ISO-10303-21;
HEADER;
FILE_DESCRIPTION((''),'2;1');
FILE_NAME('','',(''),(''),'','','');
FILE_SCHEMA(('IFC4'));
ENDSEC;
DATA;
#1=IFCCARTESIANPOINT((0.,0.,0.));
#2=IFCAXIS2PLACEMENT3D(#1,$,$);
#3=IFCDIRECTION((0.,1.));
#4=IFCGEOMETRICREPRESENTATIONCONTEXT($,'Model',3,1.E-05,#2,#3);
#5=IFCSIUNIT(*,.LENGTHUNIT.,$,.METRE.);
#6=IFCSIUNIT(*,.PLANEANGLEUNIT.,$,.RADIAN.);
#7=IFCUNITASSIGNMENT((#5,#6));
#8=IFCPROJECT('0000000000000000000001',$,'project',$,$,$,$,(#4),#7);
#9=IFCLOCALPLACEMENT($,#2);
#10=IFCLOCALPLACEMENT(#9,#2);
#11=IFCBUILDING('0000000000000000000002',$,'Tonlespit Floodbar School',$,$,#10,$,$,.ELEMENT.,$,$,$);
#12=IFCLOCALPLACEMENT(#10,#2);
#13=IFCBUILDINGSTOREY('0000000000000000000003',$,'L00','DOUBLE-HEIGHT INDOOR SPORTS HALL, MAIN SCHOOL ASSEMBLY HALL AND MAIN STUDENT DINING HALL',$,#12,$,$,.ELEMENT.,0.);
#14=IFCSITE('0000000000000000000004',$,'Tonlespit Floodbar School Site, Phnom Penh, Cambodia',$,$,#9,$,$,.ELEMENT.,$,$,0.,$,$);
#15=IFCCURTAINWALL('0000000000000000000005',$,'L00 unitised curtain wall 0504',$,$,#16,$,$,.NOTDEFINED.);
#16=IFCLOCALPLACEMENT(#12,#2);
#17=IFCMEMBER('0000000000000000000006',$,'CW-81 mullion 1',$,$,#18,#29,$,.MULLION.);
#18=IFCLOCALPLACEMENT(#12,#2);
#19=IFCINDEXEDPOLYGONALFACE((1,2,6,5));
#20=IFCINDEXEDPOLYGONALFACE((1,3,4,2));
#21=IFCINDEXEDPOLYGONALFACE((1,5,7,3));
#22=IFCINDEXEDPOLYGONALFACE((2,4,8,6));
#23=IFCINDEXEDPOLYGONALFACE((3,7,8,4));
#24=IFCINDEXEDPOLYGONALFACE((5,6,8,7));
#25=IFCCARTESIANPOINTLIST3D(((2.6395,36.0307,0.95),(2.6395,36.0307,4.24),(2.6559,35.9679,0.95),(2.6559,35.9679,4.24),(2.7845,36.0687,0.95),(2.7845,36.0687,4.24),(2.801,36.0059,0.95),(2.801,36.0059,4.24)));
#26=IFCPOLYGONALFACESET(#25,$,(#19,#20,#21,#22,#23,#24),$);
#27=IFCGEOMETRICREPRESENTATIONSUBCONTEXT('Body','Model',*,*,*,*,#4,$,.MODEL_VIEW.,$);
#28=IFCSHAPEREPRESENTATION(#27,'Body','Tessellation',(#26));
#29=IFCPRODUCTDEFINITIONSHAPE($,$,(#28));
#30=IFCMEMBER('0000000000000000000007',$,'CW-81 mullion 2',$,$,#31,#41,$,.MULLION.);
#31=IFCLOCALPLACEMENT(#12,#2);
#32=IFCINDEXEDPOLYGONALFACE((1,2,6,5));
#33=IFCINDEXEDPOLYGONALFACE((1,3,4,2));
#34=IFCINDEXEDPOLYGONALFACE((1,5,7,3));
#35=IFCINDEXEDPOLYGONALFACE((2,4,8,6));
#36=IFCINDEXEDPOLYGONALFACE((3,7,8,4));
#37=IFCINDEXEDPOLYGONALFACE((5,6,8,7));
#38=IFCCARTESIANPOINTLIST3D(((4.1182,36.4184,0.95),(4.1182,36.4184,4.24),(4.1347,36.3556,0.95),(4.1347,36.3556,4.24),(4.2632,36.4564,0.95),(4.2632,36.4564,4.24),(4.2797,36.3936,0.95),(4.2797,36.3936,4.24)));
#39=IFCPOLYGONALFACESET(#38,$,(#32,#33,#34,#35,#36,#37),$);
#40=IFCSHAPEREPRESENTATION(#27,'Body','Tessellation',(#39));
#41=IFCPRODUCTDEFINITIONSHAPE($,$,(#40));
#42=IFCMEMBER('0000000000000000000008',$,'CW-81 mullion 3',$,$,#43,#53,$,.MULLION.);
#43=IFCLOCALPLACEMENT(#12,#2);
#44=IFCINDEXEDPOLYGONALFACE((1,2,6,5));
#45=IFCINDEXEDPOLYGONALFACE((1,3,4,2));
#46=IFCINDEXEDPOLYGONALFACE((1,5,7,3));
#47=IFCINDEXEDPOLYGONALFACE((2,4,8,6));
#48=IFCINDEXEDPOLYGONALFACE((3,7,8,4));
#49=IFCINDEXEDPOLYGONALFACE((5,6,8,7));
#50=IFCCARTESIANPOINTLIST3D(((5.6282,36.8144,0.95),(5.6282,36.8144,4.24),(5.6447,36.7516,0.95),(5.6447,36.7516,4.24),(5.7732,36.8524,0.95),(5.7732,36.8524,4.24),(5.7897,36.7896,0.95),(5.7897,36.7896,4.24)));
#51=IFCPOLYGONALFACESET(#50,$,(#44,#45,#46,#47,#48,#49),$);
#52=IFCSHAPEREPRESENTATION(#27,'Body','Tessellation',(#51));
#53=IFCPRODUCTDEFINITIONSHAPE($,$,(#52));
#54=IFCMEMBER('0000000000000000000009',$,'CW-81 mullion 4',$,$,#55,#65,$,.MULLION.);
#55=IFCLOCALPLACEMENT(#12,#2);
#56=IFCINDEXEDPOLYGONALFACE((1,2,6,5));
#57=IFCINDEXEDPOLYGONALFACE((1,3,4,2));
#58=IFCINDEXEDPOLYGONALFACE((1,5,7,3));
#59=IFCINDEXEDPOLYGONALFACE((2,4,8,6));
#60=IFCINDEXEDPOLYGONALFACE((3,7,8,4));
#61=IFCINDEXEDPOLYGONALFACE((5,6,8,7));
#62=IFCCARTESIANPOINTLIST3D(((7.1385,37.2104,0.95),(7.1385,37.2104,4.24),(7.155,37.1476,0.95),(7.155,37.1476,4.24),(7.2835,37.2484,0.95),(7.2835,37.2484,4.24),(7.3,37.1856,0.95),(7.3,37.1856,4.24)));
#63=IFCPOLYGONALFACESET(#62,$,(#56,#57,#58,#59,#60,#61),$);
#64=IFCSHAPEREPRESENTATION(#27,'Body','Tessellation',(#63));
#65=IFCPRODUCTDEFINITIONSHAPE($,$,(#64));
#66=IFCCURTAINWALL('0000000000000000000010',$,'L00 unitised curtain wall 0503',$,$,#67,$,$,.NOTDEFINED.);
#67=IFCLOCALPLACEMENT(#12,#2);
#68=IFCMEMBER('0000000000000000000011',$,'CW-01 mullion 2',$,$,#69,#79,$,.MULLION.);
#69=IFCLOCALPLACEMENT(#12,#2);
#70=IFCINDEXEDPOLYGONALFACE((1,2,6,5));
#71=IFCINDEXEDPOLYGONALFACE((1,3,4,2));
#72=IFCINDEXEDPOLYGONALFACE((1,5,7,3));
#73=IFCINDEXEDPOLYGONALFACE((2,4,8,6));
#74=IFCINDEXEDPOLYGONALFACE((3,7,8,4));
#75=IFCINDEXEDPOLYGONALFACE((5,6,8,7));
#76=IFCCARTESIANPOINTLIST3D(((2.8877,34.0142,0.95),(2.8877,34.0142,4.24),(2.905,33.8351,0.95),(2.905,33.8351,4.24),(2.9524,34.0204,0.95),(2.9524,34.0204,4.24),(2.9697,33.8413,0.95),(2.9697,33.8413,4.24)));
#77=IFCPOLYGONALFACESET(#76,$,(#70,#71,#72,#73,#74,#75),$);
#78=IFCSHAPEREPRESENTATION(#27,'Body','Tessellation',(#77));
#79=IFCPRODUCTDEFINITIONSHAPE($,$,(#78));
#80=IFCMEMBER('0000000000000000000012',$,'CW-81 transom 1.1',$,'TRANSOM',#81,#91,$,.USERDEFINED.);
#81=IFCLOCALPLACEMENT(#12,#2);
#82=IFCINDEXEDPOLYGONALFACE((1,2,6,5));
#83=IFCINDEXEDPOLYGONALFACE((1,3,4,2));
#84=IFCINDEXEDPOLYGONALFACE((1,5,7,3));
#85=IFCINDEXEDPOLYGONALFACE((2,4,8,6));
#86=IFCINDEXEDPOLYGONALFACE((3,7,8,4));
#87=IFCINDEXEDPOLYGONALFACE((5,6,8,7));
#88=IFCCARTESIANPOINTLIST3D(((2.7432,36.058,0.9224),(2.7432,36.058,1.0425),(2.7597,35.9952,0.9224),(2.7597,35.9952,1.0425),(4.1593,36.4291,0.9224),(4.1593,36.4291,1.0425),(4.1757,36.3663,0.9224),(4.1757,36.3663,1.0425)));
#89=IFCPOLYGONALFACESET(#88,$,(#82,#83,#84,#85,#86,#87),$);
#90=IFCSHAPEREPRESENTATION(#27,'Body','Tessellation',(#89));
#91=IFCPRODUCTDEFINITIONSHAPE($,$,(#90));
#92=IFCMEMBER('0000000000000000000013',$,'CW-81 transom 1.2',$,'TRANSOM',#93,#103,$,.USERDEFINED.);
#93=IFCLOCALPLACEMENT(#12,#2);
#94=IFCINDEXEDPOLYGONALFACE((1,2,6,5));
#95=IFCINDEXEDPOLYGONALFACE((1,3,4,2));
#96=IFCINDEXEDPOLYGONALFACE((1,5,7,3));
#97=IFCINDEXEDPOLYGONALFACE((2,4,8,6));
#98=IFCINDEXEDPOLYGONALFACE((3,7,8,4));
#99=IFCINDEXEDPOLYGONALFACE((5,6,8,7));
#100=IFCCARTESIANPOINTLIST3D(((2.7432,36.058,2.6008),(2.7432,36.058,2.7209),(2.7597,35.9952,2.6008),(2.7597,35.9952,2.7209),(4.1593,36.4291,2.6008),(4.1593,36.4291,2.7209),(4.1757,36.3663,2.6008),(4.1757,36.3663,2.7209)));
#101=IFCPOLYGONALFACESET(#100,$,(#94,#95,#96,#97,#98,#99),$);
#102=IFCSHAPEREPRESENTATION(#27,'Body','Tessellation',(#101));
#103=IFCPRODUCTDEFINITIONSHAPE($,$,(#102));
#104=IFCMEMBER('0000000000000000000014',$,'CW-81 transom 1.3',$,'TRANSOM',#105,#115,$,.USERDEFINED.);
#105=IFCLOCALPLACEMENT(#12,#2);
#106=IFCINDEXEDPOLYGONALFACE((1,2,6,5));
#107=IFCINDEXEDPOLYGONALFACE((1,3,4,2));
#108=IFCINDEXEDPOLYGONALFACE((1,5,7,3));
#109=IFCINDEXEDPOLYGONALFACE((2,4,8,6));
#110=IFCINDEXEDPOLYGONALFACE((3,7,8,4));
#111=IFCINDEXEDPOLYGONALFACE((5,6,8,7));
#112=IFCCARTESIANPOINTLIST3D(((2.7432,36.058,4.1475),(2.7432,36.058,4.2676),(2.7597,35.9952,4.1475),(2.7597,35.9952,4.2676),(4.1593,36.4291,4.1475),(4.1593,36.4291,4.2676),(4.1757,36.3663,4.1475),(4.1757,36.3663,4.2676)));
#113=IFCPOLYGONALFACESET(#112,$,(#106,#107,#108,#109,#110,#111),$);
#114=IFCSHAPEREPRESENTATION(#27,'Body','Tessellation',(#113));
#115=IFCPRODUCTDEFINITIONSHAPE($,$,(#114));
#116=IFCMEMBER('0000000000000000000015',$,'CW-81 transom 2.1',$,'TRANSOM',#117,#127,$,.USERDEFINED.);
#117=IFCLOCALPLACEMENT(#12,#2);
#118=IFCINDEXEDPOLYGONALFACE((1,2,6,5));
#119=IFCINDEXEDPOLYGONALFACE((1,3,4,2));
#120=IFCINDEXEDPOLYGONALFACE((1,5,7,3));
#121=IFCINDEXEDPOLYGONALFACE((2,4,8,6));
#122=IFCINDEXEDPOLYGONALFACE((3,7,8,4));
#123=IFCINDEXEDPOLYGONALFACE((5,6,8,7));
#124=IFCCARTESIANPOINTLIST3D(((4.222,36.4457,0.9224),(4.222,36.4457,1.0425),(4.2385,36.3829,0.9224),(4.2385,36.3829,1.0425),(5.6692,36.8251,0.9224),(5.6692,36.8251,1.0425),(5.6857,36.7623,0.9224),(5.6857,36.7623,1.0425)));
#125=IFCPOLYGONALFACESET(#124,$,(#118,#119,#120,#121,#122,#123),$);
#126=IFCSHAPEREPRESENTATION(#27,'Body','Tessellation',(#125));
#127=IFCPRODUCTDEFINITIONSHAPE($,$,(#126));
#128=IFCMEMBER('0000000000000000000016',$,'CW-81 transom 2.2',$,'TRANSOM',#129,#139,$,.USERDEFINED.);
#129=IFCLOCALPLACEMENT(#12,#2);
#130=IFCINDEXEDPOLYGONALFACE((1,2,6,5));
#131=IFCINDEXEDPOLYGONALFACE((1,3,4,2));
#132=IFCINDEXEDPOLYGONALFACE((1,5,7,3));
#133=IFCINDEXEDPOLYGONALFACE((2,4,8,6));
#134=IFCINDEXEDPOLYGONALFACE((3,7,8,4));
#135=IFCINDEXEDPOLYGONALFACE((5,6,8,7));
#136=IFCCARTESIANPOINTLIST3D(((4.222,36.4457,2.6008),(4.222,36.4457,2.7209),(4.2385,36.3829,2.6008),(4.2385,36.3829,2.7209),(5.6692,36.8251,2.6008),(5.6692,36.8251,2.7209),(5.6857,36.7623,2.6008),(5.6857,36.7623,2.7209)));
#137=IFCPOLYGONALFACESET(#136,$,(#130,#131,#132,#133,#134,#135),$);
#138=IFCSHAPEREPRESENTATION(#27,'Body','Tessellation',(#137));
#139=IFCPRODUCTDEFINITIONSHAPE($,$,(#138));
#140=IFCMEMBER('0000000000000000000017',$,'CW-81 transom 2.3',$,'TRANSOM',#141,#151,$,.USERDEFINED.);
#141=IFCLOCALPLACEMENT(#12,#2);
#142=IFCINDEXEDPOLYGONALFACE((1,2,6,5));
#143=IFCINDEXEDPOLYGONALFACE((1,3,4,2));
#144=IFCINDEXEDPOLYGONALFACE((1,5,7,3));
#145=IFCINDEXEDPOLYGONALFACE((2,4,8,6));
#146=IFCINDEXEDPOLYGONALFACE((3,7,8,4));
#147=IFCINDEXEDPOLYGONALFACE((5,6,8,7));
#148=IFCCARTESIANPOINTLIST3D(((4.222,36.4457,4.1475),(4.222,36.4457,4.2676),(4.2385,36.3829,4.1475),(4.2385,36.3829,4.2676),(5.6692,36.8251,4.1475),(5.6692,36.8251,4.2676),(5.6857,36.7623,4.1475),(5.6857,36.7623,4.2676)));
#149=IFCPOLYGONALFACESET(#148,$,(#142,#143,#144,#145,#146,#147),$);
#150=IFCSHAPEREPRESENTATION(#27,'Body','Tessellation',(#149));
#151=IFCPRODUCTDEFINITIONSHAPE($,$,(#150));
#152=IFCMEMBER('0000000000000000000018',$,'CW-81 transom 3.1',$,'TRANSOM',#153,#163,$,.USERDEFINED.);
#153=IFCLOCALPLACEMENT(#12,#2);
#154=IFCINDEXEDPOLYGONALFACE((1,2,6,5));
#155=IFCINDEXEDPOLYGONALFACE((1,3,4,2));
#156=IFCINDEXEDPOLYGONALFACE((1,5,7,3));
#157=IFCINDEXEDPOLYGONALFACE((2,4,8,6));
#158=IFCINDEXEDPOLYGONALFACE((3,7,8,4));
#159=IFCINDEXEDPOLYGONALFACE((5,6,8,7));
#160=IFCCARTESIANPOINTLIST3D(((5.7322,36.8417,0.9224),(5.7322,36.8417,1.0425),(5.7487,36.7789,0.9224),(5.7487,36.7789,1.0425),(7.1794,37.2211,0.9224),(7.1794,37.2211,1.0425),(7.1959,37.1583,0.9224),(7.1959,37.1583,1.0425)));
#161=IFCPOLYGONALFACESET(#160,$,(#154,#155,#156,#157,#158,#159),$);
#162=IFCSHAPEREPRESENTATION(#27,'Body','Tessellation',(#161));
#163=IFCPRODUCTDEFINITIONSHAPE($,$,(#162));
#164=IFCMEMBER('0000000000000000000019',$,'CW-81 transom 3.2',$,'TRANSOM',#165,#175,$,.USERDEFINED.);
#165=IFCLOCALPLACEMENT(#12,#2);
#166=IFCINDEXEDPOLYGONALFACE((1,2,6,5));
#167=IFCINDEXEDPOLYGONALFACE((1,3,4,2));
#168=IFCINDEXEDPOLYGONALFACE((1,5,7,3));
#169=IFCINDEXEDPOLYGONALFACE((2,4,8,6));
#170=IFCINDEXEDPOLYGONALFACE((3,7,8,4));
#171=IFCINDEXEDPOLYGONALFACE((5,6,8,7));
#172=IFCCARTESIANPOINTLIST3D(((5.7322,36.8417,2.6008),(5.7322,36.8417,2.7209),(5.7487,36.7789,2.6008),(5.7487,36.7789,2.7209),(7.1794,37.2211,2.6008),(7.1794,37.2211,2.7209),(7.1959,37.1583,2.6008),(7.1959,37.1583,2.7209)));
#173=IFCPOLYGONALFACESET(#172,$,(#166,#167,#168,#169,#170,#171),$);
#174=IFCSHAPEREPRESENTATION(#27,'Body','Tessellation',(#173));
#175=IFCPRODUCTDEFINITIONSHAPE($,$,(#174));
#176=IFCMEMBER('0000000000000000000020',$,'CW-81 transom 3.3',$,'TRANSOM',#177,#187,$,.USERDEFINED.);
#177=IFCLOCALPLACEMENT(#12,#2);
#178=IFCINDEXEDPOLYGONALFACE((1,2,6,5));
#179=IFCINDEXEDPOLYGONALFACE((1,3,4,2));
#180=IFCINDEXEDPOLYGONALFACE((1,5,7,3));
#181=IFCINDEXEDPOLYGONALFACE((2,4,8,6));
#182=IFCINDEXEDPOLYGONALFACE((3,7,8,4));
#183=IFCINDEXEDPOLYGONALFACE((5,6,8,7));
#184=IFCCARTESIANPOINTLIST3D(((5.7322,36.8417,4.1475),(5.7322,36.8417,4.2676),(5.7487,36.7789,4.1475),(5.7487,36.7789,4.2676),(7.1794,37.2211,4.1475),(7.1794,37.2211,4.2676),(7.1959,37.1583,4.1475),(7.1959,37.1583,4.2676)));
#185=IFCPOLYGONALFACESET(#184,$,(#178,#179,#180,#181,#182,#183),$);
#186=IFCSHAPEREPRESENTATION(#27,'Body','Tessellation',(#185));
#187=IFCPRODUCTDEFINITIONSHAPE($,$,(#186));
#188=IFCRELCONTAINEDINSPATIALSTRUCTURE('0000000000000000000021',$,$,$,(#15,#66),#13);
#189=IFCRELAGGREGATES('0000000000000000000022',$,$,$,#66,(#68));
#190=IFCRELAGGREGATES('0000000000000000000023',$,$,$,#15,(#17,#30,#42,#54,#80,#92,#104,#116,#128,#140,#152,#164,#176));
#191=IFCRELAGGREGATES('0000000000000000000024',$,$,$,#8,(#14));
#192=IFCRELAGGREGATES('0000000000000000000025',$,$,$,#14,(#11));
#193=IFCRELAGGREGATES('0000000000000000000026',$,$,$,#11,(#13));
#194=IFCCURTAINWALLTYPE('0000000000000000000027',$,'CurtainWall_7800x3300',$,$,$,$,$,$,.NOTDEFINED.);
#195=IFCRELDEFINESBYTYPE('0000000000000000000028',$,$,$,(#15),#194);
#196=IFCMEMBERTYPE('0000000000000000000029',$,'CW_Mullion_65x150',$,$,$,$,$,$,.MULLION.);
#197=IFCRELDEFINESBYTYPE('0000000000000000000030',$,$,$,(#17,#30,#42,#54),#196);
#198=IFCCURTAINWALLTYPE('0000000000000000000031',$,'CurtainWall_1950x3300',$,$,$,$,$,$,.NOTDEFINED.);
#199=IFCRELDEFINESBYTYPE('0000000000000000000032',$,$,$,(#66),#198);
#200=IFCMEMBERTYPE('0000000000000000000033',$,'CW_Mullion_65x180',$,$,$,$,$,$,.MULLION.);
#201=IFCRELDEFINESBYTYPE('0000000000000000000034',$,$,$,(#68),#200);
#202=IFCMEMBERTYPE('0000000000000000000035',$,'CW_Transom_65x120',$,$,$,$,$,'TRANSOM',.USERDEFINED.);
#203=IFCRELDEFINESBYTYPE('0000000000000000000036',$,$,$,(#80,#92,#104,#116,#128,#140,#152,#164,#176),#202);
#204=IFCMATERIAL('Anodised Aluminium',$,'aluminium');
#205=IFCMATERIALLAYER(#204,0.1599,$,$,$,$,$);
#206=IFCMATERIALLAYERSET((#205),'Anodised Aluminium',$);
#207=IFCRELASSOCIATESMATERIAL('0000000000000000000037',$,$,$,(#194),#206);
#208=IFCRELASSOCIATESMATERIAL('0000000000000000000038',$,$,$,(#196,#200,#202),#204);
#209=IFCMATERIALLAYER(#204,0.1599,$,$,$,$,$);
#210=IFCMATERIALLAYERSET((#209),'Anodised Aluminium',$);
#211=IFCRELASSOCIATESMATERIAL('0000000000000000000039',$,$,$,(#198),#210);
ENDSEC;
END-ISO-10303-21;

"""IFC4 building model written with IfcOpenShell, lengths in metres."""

from ifc_helpers import new_model, si_unit, direction, frame, origin, origin_2d, place, context, subcontext, project, spatial, rectangle, extrude, material, layer, layer_set, material_profile, profile_set, type_object, element, aggregate, save


model = new_model("IFC4")

# Units and contexts
model_context = context("Model", 3, precision=1e-05, world=origin(), true_north=direction((0.0, 1.0)))
body_context = subcontext(model_context, "Body", "Model", "MODEL_VIEW")
ifc_project = project(units=[si_unit("LENGTHUNIT", "METRE"), si_unit("PLANEANGLEUNIT", "RADIAN")], contexts=[model_context])

# Site, building, storey
site_placement = place(None, origin())
site = spatial("IfcSite", under=ifc_project, at=site_placement, Name="Tonlespit Floodbar School Site, Phnom Penh, Cambodia", CompositionType="ELEMENT", RefElevation=0.0)
building_placement = place(site_placement, origin())
building = spatial("IfcBuilding", under=site, at=building_placement, Name="Tonlespit Floodbar School", CompositionType="ELEMENT")
storey_placement = place(building_placement, origin())
storey = spatial("IfcBuildingStorey", under=building, at=storey_placement, Name="L00", Description="DOUBLE-HEIGHT INDOOR SPORTS HALL, MAIN SCHOOL ASSEMBLY HALL AND MAIN STUDENT DINING HALL", CompositionType="ELEMENT", Elevation=0.0)

# Curtain wall, members
ifc_material_1 = material(Name="Anodised Aluminium", Category="aluminium")
ifc_layer_1 = layer(ifc_material_1, 0.1599)
ifc_layer_set_1 = layer_set([ifc_layer_1], Name="Anodised Aluminium")
curtain_wall_type_1 = type_object("IfcCurtainWallType", Name="CurtainWall_7800x3300", PredefinedType="NOTDEFINED", material=ifc_layer_set_1)
curtain_wall_1_placement = place(storey_placement, origin())
curtain_wall_1 = element("IfcCurtainWall", 1, at=curtain_wall_1_placement, inside=storey, type_object=curtain_wall_type_1, Name="L00 unitised curtain wall 0504", PredefinedType="NOTDEFINED")
ifc_material_profile_1 = material_profile(ifc_material_1, rectangle(XDim=0.0649, YDim=0.1499, at=origin_2d()), Name="ALU M65x150")
ifc_profile_set_1 = profile_set([ifc_material_profile_1], Name="Anodised Aluminium")
member_type_1 = type_object("IfcMemberType", Name="CW_Mullion_65x150", PredefinedType="MULLION", material=ifc_profile_set_1)
member_1_placement = place(storey_placement, frame((2.7202, 36.0183, 0.95), z_axis=(0.0, 0.0, 1.0), x_axis=(-0.253624, 0.967303, 0.0)))
member_1 = element("IfcMember", 2, at=member_1_placement, type_object=member_type_1, Name="CW-81 mullion 1", PredefinedType="MULLION", context=body_context, shape_type="SweptSolid", body=[
    extrude(rectangle(XDim=0.0649, YDim=0.1499, at=origin_2d()), origin(), (0.0, 0.0, 1.0), 3.29),
])
member_2_placement = place(storey_placement, frame((4.199, 36.406, 0.95), z_axis=(0.0, 0.0, 1.0), x_axis=(-0.253624, 0.967303, 0.0)))
member_2 = element("IfcMember", 3, at=member_2_placement, type_object=member_type_1, Name="CW-81 mullion 2", PredefinedType="MULLION", context=body_context, shape_type="SweptSolid", body=[
    extrude(rectangle(XDim=0.0649, YDim=0.1499, at=origin_2d()), origin(), (0.0, 0.0, 1.0), 3.29),
])
member_3_placement = place(storey_placement, frame((5.709, 36.802, 0.95), z_axis=(0.0, 0.0, 1.0), x_axis=(-0.253624, 0.967303, 0.0)))
member_3 = element("IfcMember", 4, at=member_3_placement, type_object=member_type_1, Name="CW-81 mullion 3", PredefinedType="MULLION", context=body_context, shape_type="SweptSolid", body=[
    extrude(rectangle(XDim=0.0649, YDim=0.1499, at=origin_2d()), origin(), (0.0, 0.0, 1.0), 3.29),
])
member_4_placement = place(storey_placement, frame((7.2192, 37.198, 0.95), z_axis=(0.0, 0.0, 1.0), x_axis=(-0.253624, 0.967303, 0.0)))
member_4 = element("IfcMember", 5, at=member_4_placement, type_object=member_type_1, Name="CW-81 mullion 4", PredefinedType="MULLION", context=body_context, shape_type="SweptSolid", body=[
    extrude(rectangle(XDim=0.0649, YDim=0.1499, at=origin_2d()), origin(), (0.0, 0.0, 1.0), 3.29),
])

# Curtain wall, member
ifc_layer_2 = layer(ifc_material_1, 0.1599)
ifc_layer_set_2 = layer_set([ifc_layer_2], Name="Anodised Aluminium")
curtain_wall_type_2 = type_object("IfcCurtainWallType", Name="CurtainWall_1950x3300", PredefinedType="NOTDEFINED", material=ifc_layer_set_2)
curtain_wall_2_placement = place(storey_placement, origin())
curtain_wall_2 = element("IfcCurtainWall", 6, at=curtain_wall_2_placement, inside=storey, type_object=curtain_wall_type_2, Name="L00 unitised curtain wall 0503", PredefinedType="NOTDEFINED")
ifc_material_profile_2 = material_profile(ifc_material_1, rectangle(XDim=0.0649, YDim=0.1799, at=origin_2d()), Name="ALU M65x180")
ifc_profile_set_2 = profile_set([ifc_material_profile_2], Name="Anodised Aluminium")
member_type_2 = type_object("IfcMemberType", Name="CW_Mullion_65x180", PredefinedType="MULLION", material=ifc_profile_set_2)
member_5_placement = place(storey_placement, frame((2.9287, 33.9277, 0.95), z_axis=(0.0, 0.0, 1.0), x_axis=(-0.995362, -0.096198, 0.0)))
member_5 = element("IfcMember", 7, at=member_5_placement, type_object=member_type_2, Name="CW-01 mullion 2", PredefinedType="MULLION", context=body_context, shape_type="SweptSolid", body=[
    extrude(rectangle(XDim=0.0649, YDim=0.1799, at=origin_2d()), origin(), (0.0, 0.0, 1.0), 3.29),
])

# Members
ifc_material_profile_3 = material_profile(ifc_material_1, rectangle(XDim=0.0649, YDim=0.1201, at=origin_2d()), Name="ALU T65x120")
ifc_profile_set_3 = profile_set([ifc_material_profile_3], Name="Anodised Aluminium")
member_type_3 = type_object("IfcMemberType", Name="CW_Transom_65x120", ElementType="TRANSOM", PredefinedType="USERDEFINED", material=ifc_profile_set_3)
member_6_placement = place(storey_placement, frame((2.7515, 36.0266, 0.9824), z_axis=(0.967333, 0.253508, 0.0), x_axis=(-0.253508, 0.967333, 0.0)))
member_6 = element("IfcMember", 8, at=member_6_placement, type_object=member_type_3, Name="CW-81 transom 1.1", ObjectType="TRANSOM", PredefinedType="USERDEFINED", context=body_context, shape_type="SweptSolid", body=[
    extrude(rectangle(XDim=0.0649, YDim=0.1201, at=origin_2d()), origin(), (0.0, 0.0, 1.0), 1.4639),
])
member_7_placement = place(storey_placement, frame((2.7515, 36.0266, 2.6609), z_axis=(0.967333, 0.253508, 0.0), x_axis=(-0.253508, 0.967333, 0.0)))
member_7 = element("IfcMember", 9, at=member_7_placement, type_object=member_type_3, Name="CW-81 transom 1.2", ObjectType="TRANSOM", PredefinedType="USERDEFINED", context=body_context, shape_type="SweptSolid", body=[
    extrude(rectangle(XDim=0.0649, YDim=0.1201, at=origin_2d()), origin(), (0.0, 0.0, 1.0), 1.4639),
])
member_8_placement = place(storey_placement, frame((2.7515, 36.0266, 4.2075), z_axis=(0.967333, 0.253508, 0.0), x_axis=(-0.253508, 0.967333, 0.0)))
member_8 = element("IfcMember", 10, at=member_8_placement, type_object=member_type_3, Name="CW-81 transom 1.3", ObjectType="TRANSOM", PredefinedType="USERDEFINED", context=body_context, shape_type="SweptSolid", body=[
    extrude(rectangle(XDim=0.0649, YDim=0.1201, at=origin_2d()), origin(), (0.0, 0.0, 1.0), 1.4639),
])
member_9_placement = place(storey_placement, frame((4.2302, 36.4143, 0.9824), z_axis=(0.967315, 0.253578, 0.0), x_axis=(-0.253578, 0.967315, 0.0)))
member_9 = element("IfcMember", 11, at=member_9_placement, type_object=member_type_3, Name="CW-81 transom 2.1", ObjectType="TRANSOM", PredefinedType="USERDEFINED", context=body_context, shape_type="SweptSolid", body=[
    extrude(rectangle(XDim=0.0649, YDim=0.1201, at=origin_2d()), origin(), (0.0, 0.0, 1.0), 1.4961),
])
member_10_placement = place(storey_placement, frame((4.2302, 36.4143, 2.6609), z_axis=(0.967315, 0.253578, 0.0), x_axis=(-0.253578, 0.967315, 0.0)))
member_10 = element("IfcMember", 12, at=member_10_placement, type_object=member_type_3, Name="CW-81 transom 2.2", ObjectType="TRANSOM", PredefinedType="USERDEFINED", context=body_context, shape_type="SweptSolid", body=[
    extrude(rectangle(XDim=0.0649, YDim=0.1201, at=origin_2d()), origin(), (0.0, 0.0, 1.0), 1.4961),
])
member_11_placement = place(storey_placement, frame((4.2302, 36.4143, 4.2075), z_axis=(0.967315, 0.253578, 0.0), x_axis=(-0.253578, 0.967315, 0.0)))
member_11 = element("IfcMember", 13, at=member_11_placement, type_object=member_type_3, Name="CW-81 transom 2.3", ObjectType="TRANSOM", PredefinedType="USERDEFINED", context=body_context, shape_type="SweptSolid", body=[
    extrude(rectangle(XDim=0.0649, YDim=0.1201, at=origin_2d()), origin(), (0.0, 0.0, 1.0), 1.4961),
])
member_12_placement = place(storey_placement, frame((5.7405, 36.8103, 0.9824), z_axis=(0.967315, 0.253578, 0.0), x_axis=(-0.253578, 0.967315, 0.0)))
member_12 = element("IfcMember", 14, at=member_12_placement, type_object=member_type_3, Name="CW-81 transom 3.1", ObjectType="TRANSOM", PredefinedType="USERDEFINED", context=body_context, shape_type="SweptSolid", body=[
    extrude(rectangle(XDim=0.0649, YDim=0.1201, at=origin_2d()), origin(), (0.0, 0.0, 1.0), 1.4961),
])
member_13_placement = place(storey_placement, frame((5.7405, 36.8103, 2.6609), z_axis=(0.967315, 0.253578, 0.0), x_axis=(-0.253578, 0.967315, 0.0)))
member_13 = element("IfcMember", 15, at=member_13_placement, type_object=member_type_3, Name="CW-81 transom 3.2", ObjectType="TRANSOM", PredefinedType="USERDEFINED", context=body_context, shape_type="SweptSolid", body=[
    extrude(rectangle(XDim=0.0649, YDim=0.1201, at=origin_2d()), origin(), (0.0, 0.0, 1.0), 1.4961),
])
member_14_placement = place(storey_placement, frame((5.7405, 36.8103, 4.2075), z_axis=(0.967315, 0.253578, 0.0), x_axis=(-0.253578, 0.967315, 0.0)))
member_14 = element("IfcMember", 16, at=member_14_placement, type_object=member_type_3, Name="CW-81 transom 3.3", ObjectType="TRANSOM", PredefinedType="USERDEFINED", context=body_context, shape_type="SweptSolid", body=[
    extrude(rectangle(XDim=0.0649, YDim=0.1201, at=origin_2d()), origin(), (0.0, 0.0, 1.0), 1.4961),
])

aggregate(curtain_wall_2, [member_5])
aggregate(curtain_wall_1, [member_1, member_2, member_3, member_4, member_6, member_7, member_8, member_9, member_10, member_11, member_12, member_13, member_14])

save(model, "model.ifc")
